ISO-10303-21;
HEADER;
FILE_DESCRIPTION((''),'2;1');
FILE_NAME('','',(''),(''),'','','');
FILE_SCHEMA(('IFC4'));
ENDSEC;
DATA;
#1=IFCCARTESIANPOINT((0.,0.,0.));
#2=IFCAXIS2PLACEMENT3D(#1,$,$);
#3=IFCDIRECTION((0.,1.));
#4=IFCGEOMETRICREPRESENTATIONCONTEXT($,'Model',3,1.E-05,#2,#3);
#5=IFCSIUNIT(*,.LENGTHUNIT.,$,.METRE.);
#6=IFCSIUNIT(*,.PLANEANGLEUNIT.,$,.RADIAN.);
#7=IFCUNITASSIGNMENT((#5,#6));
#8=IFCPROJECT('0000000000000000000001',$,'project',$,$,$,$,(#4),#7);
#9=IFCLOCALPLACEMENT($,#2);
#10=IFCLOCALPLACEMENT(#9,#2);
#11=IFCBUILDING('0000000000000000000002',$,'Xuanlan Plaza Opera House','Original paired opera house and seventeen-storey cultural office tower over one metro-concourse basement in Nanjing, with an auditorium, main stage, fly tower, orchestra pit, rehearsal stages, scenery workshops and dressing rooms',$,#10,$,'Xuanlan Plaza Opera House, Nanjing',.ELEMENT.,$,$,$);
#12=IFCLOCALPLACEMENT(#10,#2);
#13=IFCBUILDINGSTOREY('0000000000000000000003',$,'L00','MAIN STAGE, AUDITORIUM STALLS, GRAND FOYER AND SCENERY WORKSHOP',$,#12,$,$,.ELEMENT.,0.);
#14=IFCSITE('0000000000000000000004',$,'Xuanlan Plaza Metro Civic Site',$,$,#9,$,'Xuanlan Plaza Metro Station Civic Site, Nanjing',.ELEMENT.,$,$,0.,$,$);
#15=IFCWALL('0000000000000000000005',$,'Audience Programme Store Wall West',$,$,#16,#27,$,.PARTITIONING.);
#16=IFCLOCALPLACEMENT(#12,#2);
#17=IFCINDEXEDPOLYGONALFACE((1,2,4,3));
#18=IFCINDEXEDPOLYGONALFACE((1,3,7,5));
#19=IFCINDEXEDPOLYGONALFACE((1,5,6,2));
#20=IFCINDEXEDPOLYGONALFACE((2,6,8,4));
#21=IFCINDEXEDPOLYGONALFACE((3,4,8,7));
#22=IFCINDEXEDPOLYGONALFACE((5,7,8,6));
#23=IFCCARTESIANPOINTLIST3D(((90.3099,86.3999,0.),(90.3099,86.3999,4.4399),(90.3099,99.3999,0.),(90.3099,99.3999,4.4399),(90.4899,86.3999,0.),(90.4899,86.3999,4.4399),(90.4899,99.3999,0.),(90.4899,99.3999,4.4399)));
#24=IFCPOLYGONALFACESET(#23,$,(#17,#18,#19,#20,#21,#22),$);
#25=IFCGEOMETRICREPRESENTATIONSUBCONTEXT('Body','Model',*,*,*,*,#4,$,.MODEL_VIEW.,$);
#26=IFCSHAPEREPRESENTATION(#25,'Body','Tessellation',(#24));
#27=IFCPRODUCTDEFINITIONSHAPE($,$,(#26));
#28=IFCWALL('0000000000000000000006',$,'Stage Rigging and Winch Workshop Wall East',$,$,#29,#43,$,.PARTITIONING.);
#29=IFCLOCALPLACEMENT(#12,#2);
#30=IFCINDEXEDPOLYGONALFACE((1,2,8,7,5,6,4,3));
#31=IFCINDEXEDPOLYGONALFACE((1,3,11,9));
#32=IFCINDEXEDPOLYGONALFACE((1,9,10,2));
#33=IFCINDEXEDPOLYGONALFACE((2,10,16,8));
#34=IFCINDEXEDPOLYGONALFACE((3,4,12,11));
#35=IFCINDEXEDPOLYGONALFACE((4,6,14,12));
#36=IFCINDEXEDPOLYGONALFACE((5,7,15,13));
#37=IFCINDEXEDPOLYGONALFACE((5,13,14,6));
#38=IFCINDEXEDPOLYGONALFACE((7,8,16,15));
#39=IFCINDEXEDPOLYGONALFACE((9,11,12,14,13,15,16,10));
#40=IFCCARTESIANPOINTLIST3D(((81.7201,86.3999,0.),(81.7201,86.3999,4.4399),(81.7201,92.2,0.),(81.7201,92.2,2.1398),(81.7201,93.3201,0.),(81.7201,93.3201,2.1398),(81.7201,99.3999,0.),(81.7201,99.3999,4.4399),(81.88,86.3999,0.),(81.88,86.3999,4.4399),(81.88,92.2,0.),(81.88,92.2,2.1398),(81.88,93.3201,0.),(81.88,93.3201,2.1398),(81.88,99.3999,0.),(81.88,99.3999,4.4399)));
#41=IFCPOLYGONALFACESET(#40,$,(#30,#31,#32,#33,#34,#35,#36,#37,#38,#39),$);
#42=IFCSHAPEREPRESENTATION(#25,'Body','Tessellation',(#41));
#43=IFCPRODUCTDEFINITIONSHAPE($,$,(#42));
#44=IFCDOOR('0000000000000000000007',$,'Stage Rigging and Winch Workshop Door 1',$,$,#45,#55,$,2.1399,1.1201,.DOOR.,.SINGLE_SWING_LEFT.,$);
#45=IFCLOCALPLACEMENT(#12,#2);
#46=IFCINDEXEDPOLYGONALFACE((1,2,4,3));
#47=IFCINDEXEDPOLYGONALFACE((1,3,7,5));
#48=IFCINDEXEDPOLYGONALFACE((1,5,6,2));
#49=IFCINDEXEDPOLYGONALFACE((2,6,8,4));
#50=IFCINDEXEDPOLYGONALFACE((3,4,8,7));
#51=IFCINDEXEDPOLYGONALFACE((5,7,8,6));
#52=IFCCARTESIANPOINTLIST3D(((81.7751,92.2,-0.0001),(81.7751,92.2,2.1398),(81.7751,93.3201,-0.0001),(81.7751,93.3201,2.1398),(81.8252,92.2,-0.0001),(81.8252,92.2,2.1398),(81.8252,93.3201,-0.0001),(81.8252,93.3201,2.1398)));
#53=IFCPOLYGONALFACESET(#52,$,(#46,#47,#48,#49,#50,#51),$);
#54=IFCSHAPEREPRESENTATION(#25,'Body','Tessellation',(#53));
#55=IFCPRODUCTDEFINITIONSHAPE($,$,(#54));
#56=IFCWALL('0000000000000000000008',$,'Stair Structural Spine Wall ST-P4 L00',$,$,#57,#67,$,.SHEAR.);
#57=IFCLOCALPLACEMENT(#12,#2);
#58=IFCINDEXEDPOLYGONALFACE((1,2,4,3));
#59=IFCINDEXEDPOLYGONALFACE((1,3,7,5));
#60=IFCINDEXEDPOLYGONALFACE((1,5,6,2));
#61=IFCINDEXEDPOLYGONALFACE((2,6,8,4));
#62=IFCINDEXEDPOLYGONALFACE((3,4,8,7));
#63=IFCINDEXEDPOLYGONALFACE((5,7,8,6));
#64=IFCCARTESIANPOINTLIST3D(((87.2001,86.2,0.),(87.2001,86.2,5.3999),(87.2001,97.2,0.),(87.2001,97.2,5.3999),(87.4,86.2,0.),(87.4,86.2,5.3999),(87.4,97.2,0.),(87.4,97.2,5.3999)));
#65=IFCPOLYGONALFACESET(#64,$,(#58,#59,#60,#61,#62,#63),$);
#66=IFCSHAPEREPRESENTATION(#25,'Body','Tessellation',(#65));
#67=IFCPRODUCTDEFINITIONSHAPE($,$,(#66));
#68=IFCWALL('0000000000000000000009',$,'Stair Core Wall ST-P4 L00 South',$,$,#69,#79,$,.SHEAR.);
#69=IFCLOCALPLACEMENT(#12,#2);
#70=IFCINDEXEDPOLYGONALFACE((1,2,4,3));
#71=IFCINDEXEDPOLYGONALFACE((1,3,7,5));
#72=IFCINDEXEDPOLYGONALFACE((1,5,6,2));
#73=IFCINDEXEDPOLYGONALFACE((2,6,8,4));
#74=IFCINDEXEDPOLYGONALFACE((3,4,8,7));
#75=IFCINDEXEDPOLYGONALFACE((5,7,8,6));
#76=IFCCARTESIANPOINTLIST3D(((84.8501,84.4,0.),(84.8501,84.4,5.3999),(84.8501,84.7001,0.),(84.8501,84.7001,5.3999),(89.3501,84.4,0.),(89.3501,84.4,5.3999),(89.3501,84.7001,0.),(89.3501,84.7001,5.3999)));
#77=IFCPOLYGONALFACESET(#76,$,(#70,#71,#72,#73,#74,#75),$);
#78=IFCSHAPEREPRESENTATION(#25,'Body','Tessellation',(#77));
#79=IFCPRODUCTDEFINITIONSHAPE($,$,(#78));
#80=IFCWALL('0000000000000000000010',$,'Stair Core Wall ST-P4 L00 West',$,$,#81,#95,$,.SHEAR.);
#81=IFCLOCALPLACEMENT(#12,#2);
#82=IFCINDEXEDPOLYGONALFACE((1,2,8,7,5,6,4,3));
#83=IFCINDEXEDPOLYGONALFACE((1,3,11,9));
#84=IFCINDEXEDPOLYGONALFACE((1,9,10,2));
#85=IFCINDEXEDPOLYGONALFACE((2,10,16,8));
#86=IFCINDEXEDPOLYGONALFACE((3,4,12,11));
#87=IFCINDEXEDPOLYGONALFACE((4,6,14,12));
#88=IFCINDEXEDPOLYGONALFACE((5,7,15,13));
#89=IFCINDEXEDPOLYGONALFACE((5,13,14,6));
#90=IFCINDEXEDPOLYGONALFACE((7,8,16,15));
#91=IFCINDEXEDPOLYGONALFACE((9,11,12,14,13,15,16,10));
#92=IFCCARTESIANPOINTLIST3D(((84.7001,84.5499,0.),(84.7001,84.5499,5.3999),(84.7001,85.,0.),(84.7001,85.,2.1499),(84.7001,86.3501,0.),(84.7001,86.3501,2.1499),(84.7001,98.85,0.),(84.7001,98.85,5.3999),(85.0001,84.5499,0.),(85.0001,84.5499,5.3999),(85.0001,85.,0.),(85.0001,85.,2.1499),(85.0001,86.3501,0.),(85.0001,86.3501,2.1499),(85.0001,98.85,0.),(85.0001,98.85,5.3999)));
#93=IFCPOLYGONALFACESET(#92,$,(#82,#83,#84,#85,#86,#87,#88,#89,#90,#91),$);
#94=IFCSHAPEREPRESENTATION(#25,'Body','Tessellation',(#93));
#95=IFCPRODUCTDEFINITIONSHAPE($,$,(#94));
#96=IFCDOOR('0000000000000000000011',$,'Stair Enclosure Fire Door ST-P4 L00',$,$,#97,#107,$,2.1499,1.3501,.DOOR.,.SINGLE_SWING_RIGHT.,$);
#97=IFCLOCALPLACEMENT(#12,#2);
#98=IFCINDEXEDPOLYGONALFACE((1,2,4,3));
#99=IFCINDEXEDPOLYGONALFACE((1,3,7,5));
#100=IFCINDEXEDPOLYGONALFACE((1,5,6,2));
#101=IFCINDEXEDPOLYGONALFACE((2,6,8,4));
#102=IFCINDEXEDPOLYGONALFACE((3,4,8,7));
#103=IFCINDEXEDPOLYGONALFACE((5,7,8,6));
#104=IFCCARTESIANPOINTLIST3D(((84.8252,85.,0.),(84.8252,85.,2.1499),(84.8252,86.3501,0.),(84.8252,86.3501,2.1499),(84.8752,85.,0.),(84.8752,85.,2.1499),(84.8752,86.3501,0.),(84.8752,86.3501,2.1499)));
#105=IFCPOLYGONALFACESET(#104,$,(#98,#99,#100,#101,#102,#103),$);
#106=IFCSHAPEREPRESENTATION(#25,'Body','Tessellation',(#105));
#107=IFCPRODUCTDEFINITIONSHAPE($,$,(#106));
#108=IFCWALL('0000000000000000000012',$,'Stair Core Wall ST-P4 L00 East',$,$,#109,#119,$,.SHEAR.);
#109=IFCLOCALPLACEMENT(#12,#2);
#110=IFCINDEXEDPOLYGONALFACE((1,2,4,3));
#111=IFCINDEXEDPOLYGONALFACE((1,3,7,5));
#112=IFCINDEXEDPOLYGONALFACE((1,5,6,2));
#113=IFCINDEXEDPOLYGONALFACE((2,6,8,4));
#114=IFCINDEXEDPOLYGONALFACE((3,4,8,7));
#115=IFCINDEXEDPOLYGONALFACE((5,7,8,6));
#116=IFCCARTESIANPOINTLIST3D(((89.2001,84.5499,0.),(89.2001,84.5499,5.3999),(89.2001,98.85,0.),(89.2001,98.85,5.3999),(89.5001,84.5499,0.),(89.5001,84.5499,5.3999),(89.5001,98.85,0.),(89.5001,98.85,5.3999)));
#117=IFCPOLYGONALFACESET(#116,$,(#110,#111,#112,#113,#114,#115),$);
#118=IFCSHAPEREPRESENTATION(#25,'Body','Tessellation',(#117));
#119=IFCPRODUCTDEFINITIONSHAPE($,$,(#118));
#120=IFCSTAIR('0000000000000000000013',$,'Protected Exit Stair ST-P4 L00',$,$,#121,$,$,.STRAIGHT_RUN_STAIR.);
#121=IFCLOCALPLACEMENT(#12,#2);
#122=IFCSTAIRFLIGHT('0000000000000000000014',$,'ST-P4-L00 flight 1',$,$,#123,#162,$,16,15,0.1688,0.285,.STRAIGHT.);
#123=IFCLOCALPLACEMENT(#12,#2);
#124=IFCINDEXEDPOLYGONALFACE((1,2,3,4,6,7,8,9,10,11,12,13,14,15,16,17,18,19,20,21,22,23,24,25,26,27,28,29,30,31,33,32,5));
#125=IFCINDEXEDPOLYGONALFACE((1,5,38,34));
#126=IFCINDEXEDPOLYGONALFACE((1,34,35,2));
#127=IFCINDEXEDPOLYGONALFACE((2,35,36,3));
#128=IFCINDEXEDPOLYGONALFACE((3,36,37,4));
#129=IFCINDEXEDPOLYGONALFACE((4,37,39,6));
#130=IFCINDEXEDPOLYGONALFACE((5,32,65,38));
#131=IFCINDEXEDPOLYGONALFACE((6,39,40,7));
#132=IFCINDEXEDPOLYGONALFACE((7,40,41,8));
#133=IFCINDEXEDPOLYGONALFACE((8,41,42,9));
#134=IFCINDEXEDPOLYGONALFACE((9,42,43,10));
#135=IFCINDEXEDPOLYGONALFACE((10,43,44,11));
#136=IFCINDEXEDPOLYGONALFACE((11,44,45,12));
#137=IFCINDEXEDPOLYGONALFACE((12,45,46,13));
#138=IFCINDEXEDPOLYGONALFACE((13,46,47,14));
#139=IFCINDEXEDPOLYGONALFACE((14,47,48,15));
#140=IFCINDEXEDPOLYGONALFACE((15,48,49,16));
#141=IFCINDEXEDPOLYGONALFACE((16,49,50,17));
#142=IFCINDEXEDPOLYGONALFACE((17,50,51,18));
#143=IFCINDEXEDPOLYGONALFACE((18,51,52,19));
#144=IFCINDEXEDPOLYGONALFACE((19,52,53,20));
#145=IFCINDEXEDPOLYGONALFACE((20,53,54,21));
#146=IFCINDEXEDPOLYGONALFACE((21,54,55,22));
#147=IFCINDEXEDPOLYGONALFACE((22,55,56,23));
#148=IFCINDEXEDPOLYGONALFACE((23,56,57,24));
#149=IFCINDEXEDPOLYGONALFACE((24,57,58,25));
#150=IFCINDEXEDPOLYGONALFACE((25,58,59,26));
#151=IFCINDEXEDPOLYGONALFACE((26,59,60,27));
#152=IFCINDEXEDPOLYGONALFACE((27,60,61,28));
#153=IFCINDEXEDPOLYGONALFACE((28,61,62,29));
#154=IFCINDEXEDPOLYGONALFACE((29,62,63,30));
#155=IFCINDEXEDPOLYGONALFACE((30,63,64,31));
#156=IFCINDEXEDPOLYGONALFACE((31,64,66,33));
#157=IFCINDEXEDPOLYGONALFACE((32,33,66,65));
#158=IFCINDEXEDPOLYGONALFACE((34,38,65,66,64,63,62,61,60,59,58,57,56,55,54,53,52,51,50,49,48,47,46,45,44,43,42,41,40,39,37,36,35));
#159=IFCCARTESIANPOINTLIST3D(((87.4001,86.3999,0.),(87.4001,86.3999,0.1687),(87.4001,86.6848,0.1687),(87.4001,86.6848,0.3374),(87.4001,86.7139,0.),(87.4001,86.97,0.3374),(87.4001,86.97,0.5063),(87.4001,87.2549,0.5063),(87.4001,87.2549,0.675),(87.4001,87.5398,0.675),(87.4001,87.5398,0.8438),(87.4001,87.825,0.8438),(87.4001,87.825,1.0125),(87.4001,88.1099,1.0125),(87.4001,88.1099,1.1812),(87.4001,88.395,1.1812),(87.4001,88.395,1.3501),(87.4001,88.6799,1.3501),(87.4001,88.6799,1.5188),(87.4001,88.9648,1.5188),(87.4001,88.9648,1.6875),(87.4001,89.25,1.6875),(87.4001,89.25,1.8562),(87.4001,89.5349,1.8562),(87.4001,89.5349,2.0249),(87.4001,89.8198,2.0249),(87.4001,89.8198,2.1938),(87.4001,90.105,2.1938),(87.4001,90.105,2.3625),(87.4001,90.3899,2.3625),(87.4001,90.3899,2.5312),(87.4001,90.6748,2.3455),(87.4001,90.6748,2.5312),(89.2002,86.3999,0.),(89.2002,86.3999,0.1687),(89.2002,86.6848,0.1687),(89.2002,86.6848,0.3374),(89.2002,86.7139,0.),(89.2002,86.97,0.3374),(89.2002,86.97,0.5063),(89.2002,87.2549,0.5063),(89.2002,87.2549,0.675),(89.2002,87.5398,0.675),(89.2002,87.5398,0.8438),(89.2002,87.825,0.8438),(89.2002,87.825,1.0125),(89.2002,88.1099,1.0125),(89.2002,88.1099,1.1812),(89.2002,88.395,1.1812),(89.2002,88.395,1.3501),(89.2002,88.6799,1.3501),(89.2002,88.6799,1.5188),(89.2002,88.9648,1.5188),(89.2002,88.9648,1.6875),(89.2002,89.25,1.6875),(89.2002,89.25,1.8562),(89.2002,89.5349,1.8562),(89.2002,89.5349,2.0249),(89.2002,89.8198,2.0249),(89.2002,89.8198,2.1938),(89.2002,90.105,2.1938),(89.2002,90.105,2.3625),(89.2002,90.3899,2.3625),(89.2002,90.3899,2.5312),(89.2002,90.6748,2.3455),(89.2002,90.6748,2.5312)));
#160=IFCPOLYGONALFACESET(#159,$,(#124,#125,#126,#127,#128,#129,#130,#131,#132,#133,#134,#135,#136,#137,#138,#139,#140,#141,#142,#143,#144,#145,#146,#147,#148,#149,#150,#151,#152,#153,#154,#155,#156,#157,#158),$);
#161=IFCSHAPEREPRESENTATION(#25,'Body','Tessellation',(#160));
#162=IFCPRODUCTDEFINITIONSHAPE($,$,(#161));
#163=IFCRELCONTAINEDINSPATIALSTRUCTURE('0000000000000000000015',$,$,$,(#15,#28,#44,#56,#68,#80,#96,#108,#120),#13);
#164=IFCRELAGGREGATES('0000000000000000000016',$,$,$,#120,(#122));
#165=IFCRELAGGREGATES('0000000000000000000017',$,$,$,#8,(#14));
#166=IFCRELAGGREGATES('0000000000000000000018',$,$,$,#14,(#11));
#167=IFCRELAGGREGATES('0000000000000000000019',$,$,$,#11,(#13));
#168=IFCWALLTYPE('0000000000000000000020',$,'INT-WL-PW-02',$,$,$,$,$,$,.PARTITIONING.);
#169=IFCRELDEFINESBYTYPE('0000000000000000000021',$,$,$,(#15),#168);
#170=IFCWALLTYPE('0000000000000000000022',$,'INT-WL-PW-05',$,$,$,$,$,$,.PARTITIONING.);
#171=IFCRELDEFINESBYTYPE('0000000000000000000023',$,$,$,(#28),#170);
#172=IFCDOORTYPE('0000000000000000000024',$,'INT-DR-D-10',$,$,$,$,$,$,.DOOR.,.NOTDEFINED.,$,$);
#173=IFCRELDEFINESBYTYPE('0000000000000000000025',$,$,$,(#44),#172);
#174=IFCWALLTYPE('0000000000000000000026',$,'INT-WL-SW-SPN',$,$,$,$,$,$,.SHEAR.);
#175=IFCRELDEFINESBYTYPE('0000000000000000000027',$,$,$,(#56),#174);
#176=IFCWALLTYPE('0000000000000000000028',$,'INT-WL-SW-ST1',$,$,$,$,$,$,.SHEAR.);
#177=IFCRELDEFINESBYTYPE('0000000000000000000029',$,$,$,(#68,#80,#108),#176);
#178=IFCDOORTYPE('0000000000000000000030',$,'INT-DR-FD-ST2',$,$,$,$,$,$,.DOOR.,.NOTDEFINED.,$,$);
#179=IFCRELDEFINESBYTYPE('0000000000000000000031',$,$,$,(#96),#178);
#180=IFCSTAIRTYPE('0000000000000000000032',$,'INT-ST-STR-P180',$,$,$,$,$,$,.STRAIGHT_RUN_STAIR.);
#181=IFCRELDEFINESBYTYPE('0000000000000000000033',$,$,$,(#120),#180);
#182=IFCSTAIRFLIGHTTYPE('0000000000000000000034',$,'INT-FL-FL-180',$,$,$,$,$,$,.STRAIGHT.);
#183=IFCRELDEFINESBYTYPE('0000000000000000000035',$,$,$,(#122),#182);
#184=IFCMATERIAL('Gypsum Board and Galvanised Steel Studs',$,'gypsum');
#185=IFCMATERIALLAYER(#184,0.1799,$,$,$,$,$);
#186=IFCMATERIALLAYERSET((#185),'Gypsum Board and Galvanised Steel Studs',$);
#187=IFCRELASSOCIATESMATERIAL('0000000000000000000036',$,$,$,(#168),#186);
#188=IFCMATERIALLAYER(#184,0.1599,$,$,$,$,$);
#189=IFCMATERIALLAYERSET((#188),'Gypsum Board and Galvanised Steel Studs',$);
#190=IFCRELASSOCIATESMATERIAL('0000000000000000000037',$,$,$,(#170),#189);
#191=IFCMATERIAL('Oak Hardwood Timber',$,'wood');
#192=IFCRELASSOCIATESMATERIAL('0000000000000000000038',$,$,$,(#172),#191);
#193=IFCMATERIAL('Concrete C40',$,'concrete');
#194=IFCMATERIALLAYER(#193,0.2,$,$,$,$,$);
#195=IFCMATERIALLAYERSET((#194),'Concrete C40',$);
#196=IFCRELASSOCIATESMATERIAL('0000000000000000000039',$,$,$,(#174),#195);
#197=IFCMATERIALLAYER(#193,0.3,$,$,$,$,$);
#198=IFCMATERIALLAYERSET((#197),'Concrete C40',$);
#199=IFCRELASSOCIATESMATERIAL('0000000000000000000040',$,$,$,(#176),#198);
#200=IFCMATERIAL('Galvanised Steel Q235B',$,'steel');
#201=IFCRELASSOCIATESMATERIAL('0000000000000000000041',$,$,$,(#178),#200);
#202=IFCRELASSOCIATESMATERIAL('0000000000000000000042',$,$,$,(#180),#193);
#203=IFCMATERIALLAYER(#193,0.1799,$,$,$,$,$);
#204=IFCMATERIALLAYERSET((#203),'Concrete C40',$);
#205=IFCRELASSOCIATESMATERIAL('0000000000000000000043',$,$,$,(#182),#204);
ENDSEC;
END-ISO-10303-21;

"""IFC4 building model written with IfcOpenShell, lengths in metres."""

from ifc_helpers import new_model, si_unit, direction, frame, frame_2d, origin, place, context, subcontext, project, spatial, polyline, rectangle, outline, extrude, material, layer, layer_set, type_object, element, fill, aggregate, save


model = new_model("IFC4")

# Units and contexts
model_context = context("Model", 3, precision=1e-05, world=origin(), true_north=direction((0.0, 1.0)))
body_context = subcontext(model_context, "Body", "Model", "MODEL_VIEW")
ifc_project = project(units=[si_unit("LENGTHUNIT", "METRE"), si_unit("PLANEANGLEUNIT", "RADIAN")], contexts=[model_context])

# Site, building, storey
site_placement = place(None, origin())
site = spatial("IfcSite", under=ifc_project, at=site_placement, Name="Xuanlan Plaza Metro Civic Site", LongName="Xuanlan Plaza Metro Station Civic Site, Nanjing", CompositionType="ELEMENT", RefElevation=0.0)
building_placement = place(site_placement, origin())
building = spatial("IfcBuilding", under=site, at=building_placement, Name="Xuanlan Plaza Opera House", Description="Original paired opera house and seventeen-storey cultural office tower over one metro-concourse basement in Nanjing, with an auditorium, main stage, fly tower, orchestra pit, rehearsal stages, scenery workshops and dressing rooms", LongName="Xuanlan Plaza Opera House, Nanjing", CompositionType="ELEMENT")
storey_placement = place(building_placement, origin())
storey = spatial("IfcBuildingStorey", under=building, at=storey_placement, Name="L00", Description="MAIN STAGE, AUDITORIUM STALLS, GRAND FOYER AND SCENERY WORKSHOP", CompositionType="ELEMENT", Elevation=0.0)

# Shared definitions
ifc_material_1 = material(Name="Concrete C40", Category="concrete")

# Shared definitions
ifc_material_2 = material(Name="Gypsum Board and Galvanised Steel Studs", Category="gypsum")
ifc_layer_1 = layer(ifc_material_2, 0.1799)
ifc_layer_set_1 = layer_set([ifc_layer_1], Name="Gypsum Board and Galvanised Steel Studs")
wall_type_1 = type_object("IfcWallType", Name="INT-WL-PW-02", PredefinedType="PARTITIONING", material=ifc_layer_set_1)

# Wall
wall_1_placement = place(storey_placement, frame((90.3999, 86.3999, 0.0), z_axis=(0.0, 0.0, 1.0), x_axis=(0.0, 1.0, 0.0)))
element("IfcWall", 1, at=wall_1_placement, inside=storey, type_object=wall_type_1, Name="Audience Programme Store Wall West", PredefinedType="PARTITIONING", context=body_context, shape_type="SweptSolid", body=[
    extrude(rectangle(XDim=13.0, YDim=0.1799, at=frame_2d((6.5, 0.0))), origin(), (0.0, 0.0, 1.0), 4.4399),
])

# Wall, opening, door
ifc_layer_2 = layer(ifc_material_2, 0.1599)
ifc_layer_set_2 = layer_set([ifc_layer_2], Name="Gypsum Board and Galvanised Steel Studs")
wall_type_2 = type_object("IfcWallType", Name="INT-WL-PW-05", PredefinedType="PARTITIONING", material=ifc_layer_set_2)
wall_2_placement = place(storey_placement, frame((81.8, 86.3999, 0.0), z_axis=(0.0, 0.0, 1.0), x_axis=(0.0, 1.0, 0.0)))
wall_2 = element("IfcWall", 2, at=wall_2_placement, inside=storey, type_object=wall_type_2, Name="Stage Rigging and Winch Workshop Wall East", PredefinedType="PARTITIONING", context=body_context, shape_type="SweptSolid", body=[
    extrude(rectangle(XDim=13.0, YDim=0.1599, at=frame_2d((6.5, 0.0))), origin(), (0.0, 0.0, 1.0), 4.4399),
])
opening_1_placement = place(wall_2_placement, frame((5.8, 0.0, 0.0)))
opening_1 = element("IfcOpeningElement", 3, at=opening_1_placement, cuts=wall_2, PredefinedType="OPENING", context=body_context, shape_type="SweptSolid", body=[
    extrude(rectangle(XDim=1.1201, YDim=2.1399, at=frame_2d((0.5601, 1.0698))), frame((0.0, 0.0898, 0.0), z_axis=(0.0, -1.0, 0.0), x_axis=(1.0, 0.0, 0.0)), (0.0, 0.0, 1.0), 0.1799),
])
ifc_material_3 = material(Name="Oak Hardwood Timber", Category="wood")
door_type_1 = type_object("IfcDoorType", Name="INT-DR-D-10", OperationType="NOTDEFINED", PredefinedType="DOOR", material=ifc_material_3)
door_1_placement = place(opening_1_placement, origin())
door_1 = element("IfcDoor", 4, at=door_1_placement, inside=storey, type_object=door_type_1, Name="Stage Rigging and Winch Workshop Door 1", OperationType="SINGLE_SWING_LEFT", OverallHeight=2.1399, OverallWidth=1.1201, PredefinedType="DOOR", context=body_context, shape_type="SweptSolid", body=[
    extrude(rectangle(XDim=1.1201, YDim=2.1399, at=frame_2d((0.5601, 1.0698))), frame((0.0, 0.0249, 0.0), z_axis=(0.0, -1.0, 0.0), x_axis=(1.0, 0.0, 0.0)), (0.0, 0.0, 1.0), 0.05),
])
fill(opening_1, door_1)

# Walls
ifc_layer_3 = layer(ifc_material_1, 0.2)
ifc_layer_set_3 = layer_set([ifc_layer_3], Name="Concrete C40")
wall_type_3 = type_object("IfcWallType", Name="INT-WL-SW-SPN", PredefinedType="SHEAR", material=ifc_layer_set_3)
wall_3_placement = place(storey_placement, frame((87.3, 86.2, 0.0), z_axis=(0.0, 0.0, 1.0), x_axis=(0.0, 1.0, 0.0)))
element("IfcWall", 5, at=wall_3_placement, inside=storey, type_object=wall_type_3, Name="Stair Structural Spine Wall ST-P4 L00", PredefinedType="SHEAR", context=body_context, shape_type="SweptSolid", body=[
    extrude(rectangle(XDim=11.0, YDim=0.2, at=frame_2d((5.5, 0.0))), origin(), (0.0, 0.0, 1.0), 5.3999),
])
ifc_layer_4 = layer(ifc_material_1, 0.3)
ifc_layer_set_4 = layer_set([ifc_layer_4], Name="Concrete C40")
wall_type_4 = type_object("IfcWallType", Name="INT-WL-SW-ST1", PredefinedType="SHEAR", material=ifc_layer_set_4)
wall_4_placement = place(storey_placement, frame((84.8501, 84.55, 0.0), z_axis=(0.0, 0.0, 1.0), x_axis=(1.0, 0.0, 0.0)))
element("IfcWall", 6, at=wall_4_placement, inside=storey, type_object=wall_type_4, Name="Stair Core Wall ST-P4 L00 South", PredefinedType="SHEAR", context=body_context, shape_type="SweptSolid", body=[
    extrude(rectangle(XDim=4.5, YDim=0.3, at=frame_2d((2.25, 0.0))), origin(), (0.0, 0.0, 1.0), 5.3999),
])

# Wall, opening, door
wall_5_placement = place(storey_placement, frame((84.8501, 84.55, 0.0), z_axis=(0.0, 0.0, 1.0), x_axis=(0.0, 1.0, 0.0)))
wall_5 = element("IfcWall", 7, at=wall_5_placement, inside=storey, type_object=wall_type_4, Name="Stair Core Wall ST-P4 L00 West", PredefinedType="SHEAR", context=body_context, shape_type="SweptSolid", body=[
    extrude(rectangle(XDim=14.3, YDim=0.3, at=frame_2d((7.1499, 0.0))), origin(), (0.0, 0.0, 1.0), 5.3999),
])
opening_2_placement = place(wall_5_placement, frame((0.45, 0.0, 0.0)))
opening_2 = element("IfcOpeningElement", 8, at=opening_2_placement, cuts=wall_5, PredefinedType="OPENING", context=body_context, shape_type="SweptSolid", body=[
    extrude(rectangle(XDim=1.3501, YDim=2.1499, at=frame_2d((0.675, 1.075))), frame((0.0, 0.1599, 0.0), z_axis=(0.0, -1.0, 0.0), x_axis=(1.0, 0.0, 0.0)), (0.0, 0.0, 1.0), 0.3201),
])
ifc_material_4 = material(Name="Galvanised Steel Q235B", Category="steel")
door_type_2 = type_object("IfcDoorType", Name="INT-DR-FD-ST2", OperationType="NOTDEFINED", PredefinedType="DOOR", material=ifc_material_4)
door_2_placement = place(opening_2_placement, origin())
door_2 = element("IfcDoor", 9, at=door_2_placement, inside=storey, type_object=door_type_2, Name="Stair Enclosure Fire Door ST-P4 L00", OperationType="SINGLE_SWING_RIGHT", OverallHeight=2.1499, OverallWidth=1.3501, PredefinedType="DOOR", context=body_context, shape_type="SweptSolid", body=[
    extrude(rectangle(XDim=1.3501, YDim=2.1499, at=frame_2d((0.675, 1.075))), frame((0.0, 0.0249, 0.0), z_axis=(0.0, -1.0, 0.0), x_axis=(1.0, 0.0, 0.0)), (0.0, 0.0, 1.0), 0.05),
])
fill(opening_2, door_2)

# Wall
wall_6_placement = place(storey_placement, frame((89.3501, 84.55, 0.0), z_axis=(0.0, 0.0, 1.0), x_axis=(0.0, 1.0, 0.0)))
element("IfcWall", 10, at=wall_6_placement, inside=storey, type_object=wall_type_4, Name="Stair Core Wall ST-P4 L00 East", PredefinedType="SHEAR", context=body_context, shape_type="SweptSolid", body=[
    extrude(rectangle(XDim=14.3, YDim=0.3, at=frame_2d((7.1499, 0.0))), origin(), (0.0, 0.0, 1.0), 5.3999),
])

# Stair, stair flight
stair_type = type_object("IfcStairType", Name="INT-ST-STR-P180", PredefinedType="STRAIGHT_RUN_STAIR", material=ifc_material_1)
stair_placement = place(storey_placement, origin())
stair = element("IfcStair", 11, at=stair_placement, inside=storey, type_object=stair_type, Name="Protected Exit Stair ST-P4 L00", PredefinedType="STRAIGHT_RUN_STAIR")
ifc_layer_5 = layer(ifc_material_1, 0.1799)
ifc_layer_set_5 = layer_set([ifc_layer_5], Name="Concrete C40")
stair_flight_type = type_object("IfcStairFlightType", Name="INT-FL-FL-180", PredefinedType="STRAIGHT", material=ifc_layer_set_5)
stair_flight_placement = place(storey_placement, frame((88.3, 86.3999, 0.0), z_axis=(0.0, 0.0, 1.0), x_axis=(0.0, 1.0, 0.0)))
stair_flight = element("IfcStairFlight", 12, at=stair_flight_placement, type_object=stair_flight_type, Name="ST-P4-L00 flight 1", NumberOfRisers=16, NumberOfTreads=15, PredefinedType="STRAIGHT", RiserHeight=0.1688, TreadLength=0.285, context=body_context, shape_type="SweptSolid", body=[
    extrude(outline(polyline([(0.0, 0.0), (0.0, 0.1687), (0.2849, 0.1687), (0.2849, 0.3374), (0.5701, 0.3374), (0.5701, 0.5063), (0.855, 0.5063), (0.855, 0.675), (1.1399, 0.675), (1.1399, 0.8438), (1.425, 0.8438), (1.425, 1.0125), (1.71, 1.0125), (1.71, 1.1812), (1.9951, 1.1812), (1.9951, 1.3501), (2.28, 1.3501), (2.28, 1.5188), (2.5649, 1.5188), (2.5649, 1.6875), (2.8501, 1.6875), (2.8501, 1.8562), (3.135, 1.8562), (3.135, 2.0249), (3.4199, 2.0249), (3.4199, 2.1938), (3.7051, 2.1938), (3.7051, 2.3625), (3.99, 2.3625), (3.99, 2.5312), (4.2749, 2.5312), (4.2749, 2.7), (4.2749, 2.3455), (0.314, 0.0), (0.0, 0.0)])), frame((0.0, 0.8999, 0.0), z_axis=(0.0, -1.0, 0.0), x_axis=(1.0, 0.0, 0.0)), (0.0, 0.0, 1.0), 1.8),
])
aggregate(stair, [stair_flight])

save(model, "model.ifc")
